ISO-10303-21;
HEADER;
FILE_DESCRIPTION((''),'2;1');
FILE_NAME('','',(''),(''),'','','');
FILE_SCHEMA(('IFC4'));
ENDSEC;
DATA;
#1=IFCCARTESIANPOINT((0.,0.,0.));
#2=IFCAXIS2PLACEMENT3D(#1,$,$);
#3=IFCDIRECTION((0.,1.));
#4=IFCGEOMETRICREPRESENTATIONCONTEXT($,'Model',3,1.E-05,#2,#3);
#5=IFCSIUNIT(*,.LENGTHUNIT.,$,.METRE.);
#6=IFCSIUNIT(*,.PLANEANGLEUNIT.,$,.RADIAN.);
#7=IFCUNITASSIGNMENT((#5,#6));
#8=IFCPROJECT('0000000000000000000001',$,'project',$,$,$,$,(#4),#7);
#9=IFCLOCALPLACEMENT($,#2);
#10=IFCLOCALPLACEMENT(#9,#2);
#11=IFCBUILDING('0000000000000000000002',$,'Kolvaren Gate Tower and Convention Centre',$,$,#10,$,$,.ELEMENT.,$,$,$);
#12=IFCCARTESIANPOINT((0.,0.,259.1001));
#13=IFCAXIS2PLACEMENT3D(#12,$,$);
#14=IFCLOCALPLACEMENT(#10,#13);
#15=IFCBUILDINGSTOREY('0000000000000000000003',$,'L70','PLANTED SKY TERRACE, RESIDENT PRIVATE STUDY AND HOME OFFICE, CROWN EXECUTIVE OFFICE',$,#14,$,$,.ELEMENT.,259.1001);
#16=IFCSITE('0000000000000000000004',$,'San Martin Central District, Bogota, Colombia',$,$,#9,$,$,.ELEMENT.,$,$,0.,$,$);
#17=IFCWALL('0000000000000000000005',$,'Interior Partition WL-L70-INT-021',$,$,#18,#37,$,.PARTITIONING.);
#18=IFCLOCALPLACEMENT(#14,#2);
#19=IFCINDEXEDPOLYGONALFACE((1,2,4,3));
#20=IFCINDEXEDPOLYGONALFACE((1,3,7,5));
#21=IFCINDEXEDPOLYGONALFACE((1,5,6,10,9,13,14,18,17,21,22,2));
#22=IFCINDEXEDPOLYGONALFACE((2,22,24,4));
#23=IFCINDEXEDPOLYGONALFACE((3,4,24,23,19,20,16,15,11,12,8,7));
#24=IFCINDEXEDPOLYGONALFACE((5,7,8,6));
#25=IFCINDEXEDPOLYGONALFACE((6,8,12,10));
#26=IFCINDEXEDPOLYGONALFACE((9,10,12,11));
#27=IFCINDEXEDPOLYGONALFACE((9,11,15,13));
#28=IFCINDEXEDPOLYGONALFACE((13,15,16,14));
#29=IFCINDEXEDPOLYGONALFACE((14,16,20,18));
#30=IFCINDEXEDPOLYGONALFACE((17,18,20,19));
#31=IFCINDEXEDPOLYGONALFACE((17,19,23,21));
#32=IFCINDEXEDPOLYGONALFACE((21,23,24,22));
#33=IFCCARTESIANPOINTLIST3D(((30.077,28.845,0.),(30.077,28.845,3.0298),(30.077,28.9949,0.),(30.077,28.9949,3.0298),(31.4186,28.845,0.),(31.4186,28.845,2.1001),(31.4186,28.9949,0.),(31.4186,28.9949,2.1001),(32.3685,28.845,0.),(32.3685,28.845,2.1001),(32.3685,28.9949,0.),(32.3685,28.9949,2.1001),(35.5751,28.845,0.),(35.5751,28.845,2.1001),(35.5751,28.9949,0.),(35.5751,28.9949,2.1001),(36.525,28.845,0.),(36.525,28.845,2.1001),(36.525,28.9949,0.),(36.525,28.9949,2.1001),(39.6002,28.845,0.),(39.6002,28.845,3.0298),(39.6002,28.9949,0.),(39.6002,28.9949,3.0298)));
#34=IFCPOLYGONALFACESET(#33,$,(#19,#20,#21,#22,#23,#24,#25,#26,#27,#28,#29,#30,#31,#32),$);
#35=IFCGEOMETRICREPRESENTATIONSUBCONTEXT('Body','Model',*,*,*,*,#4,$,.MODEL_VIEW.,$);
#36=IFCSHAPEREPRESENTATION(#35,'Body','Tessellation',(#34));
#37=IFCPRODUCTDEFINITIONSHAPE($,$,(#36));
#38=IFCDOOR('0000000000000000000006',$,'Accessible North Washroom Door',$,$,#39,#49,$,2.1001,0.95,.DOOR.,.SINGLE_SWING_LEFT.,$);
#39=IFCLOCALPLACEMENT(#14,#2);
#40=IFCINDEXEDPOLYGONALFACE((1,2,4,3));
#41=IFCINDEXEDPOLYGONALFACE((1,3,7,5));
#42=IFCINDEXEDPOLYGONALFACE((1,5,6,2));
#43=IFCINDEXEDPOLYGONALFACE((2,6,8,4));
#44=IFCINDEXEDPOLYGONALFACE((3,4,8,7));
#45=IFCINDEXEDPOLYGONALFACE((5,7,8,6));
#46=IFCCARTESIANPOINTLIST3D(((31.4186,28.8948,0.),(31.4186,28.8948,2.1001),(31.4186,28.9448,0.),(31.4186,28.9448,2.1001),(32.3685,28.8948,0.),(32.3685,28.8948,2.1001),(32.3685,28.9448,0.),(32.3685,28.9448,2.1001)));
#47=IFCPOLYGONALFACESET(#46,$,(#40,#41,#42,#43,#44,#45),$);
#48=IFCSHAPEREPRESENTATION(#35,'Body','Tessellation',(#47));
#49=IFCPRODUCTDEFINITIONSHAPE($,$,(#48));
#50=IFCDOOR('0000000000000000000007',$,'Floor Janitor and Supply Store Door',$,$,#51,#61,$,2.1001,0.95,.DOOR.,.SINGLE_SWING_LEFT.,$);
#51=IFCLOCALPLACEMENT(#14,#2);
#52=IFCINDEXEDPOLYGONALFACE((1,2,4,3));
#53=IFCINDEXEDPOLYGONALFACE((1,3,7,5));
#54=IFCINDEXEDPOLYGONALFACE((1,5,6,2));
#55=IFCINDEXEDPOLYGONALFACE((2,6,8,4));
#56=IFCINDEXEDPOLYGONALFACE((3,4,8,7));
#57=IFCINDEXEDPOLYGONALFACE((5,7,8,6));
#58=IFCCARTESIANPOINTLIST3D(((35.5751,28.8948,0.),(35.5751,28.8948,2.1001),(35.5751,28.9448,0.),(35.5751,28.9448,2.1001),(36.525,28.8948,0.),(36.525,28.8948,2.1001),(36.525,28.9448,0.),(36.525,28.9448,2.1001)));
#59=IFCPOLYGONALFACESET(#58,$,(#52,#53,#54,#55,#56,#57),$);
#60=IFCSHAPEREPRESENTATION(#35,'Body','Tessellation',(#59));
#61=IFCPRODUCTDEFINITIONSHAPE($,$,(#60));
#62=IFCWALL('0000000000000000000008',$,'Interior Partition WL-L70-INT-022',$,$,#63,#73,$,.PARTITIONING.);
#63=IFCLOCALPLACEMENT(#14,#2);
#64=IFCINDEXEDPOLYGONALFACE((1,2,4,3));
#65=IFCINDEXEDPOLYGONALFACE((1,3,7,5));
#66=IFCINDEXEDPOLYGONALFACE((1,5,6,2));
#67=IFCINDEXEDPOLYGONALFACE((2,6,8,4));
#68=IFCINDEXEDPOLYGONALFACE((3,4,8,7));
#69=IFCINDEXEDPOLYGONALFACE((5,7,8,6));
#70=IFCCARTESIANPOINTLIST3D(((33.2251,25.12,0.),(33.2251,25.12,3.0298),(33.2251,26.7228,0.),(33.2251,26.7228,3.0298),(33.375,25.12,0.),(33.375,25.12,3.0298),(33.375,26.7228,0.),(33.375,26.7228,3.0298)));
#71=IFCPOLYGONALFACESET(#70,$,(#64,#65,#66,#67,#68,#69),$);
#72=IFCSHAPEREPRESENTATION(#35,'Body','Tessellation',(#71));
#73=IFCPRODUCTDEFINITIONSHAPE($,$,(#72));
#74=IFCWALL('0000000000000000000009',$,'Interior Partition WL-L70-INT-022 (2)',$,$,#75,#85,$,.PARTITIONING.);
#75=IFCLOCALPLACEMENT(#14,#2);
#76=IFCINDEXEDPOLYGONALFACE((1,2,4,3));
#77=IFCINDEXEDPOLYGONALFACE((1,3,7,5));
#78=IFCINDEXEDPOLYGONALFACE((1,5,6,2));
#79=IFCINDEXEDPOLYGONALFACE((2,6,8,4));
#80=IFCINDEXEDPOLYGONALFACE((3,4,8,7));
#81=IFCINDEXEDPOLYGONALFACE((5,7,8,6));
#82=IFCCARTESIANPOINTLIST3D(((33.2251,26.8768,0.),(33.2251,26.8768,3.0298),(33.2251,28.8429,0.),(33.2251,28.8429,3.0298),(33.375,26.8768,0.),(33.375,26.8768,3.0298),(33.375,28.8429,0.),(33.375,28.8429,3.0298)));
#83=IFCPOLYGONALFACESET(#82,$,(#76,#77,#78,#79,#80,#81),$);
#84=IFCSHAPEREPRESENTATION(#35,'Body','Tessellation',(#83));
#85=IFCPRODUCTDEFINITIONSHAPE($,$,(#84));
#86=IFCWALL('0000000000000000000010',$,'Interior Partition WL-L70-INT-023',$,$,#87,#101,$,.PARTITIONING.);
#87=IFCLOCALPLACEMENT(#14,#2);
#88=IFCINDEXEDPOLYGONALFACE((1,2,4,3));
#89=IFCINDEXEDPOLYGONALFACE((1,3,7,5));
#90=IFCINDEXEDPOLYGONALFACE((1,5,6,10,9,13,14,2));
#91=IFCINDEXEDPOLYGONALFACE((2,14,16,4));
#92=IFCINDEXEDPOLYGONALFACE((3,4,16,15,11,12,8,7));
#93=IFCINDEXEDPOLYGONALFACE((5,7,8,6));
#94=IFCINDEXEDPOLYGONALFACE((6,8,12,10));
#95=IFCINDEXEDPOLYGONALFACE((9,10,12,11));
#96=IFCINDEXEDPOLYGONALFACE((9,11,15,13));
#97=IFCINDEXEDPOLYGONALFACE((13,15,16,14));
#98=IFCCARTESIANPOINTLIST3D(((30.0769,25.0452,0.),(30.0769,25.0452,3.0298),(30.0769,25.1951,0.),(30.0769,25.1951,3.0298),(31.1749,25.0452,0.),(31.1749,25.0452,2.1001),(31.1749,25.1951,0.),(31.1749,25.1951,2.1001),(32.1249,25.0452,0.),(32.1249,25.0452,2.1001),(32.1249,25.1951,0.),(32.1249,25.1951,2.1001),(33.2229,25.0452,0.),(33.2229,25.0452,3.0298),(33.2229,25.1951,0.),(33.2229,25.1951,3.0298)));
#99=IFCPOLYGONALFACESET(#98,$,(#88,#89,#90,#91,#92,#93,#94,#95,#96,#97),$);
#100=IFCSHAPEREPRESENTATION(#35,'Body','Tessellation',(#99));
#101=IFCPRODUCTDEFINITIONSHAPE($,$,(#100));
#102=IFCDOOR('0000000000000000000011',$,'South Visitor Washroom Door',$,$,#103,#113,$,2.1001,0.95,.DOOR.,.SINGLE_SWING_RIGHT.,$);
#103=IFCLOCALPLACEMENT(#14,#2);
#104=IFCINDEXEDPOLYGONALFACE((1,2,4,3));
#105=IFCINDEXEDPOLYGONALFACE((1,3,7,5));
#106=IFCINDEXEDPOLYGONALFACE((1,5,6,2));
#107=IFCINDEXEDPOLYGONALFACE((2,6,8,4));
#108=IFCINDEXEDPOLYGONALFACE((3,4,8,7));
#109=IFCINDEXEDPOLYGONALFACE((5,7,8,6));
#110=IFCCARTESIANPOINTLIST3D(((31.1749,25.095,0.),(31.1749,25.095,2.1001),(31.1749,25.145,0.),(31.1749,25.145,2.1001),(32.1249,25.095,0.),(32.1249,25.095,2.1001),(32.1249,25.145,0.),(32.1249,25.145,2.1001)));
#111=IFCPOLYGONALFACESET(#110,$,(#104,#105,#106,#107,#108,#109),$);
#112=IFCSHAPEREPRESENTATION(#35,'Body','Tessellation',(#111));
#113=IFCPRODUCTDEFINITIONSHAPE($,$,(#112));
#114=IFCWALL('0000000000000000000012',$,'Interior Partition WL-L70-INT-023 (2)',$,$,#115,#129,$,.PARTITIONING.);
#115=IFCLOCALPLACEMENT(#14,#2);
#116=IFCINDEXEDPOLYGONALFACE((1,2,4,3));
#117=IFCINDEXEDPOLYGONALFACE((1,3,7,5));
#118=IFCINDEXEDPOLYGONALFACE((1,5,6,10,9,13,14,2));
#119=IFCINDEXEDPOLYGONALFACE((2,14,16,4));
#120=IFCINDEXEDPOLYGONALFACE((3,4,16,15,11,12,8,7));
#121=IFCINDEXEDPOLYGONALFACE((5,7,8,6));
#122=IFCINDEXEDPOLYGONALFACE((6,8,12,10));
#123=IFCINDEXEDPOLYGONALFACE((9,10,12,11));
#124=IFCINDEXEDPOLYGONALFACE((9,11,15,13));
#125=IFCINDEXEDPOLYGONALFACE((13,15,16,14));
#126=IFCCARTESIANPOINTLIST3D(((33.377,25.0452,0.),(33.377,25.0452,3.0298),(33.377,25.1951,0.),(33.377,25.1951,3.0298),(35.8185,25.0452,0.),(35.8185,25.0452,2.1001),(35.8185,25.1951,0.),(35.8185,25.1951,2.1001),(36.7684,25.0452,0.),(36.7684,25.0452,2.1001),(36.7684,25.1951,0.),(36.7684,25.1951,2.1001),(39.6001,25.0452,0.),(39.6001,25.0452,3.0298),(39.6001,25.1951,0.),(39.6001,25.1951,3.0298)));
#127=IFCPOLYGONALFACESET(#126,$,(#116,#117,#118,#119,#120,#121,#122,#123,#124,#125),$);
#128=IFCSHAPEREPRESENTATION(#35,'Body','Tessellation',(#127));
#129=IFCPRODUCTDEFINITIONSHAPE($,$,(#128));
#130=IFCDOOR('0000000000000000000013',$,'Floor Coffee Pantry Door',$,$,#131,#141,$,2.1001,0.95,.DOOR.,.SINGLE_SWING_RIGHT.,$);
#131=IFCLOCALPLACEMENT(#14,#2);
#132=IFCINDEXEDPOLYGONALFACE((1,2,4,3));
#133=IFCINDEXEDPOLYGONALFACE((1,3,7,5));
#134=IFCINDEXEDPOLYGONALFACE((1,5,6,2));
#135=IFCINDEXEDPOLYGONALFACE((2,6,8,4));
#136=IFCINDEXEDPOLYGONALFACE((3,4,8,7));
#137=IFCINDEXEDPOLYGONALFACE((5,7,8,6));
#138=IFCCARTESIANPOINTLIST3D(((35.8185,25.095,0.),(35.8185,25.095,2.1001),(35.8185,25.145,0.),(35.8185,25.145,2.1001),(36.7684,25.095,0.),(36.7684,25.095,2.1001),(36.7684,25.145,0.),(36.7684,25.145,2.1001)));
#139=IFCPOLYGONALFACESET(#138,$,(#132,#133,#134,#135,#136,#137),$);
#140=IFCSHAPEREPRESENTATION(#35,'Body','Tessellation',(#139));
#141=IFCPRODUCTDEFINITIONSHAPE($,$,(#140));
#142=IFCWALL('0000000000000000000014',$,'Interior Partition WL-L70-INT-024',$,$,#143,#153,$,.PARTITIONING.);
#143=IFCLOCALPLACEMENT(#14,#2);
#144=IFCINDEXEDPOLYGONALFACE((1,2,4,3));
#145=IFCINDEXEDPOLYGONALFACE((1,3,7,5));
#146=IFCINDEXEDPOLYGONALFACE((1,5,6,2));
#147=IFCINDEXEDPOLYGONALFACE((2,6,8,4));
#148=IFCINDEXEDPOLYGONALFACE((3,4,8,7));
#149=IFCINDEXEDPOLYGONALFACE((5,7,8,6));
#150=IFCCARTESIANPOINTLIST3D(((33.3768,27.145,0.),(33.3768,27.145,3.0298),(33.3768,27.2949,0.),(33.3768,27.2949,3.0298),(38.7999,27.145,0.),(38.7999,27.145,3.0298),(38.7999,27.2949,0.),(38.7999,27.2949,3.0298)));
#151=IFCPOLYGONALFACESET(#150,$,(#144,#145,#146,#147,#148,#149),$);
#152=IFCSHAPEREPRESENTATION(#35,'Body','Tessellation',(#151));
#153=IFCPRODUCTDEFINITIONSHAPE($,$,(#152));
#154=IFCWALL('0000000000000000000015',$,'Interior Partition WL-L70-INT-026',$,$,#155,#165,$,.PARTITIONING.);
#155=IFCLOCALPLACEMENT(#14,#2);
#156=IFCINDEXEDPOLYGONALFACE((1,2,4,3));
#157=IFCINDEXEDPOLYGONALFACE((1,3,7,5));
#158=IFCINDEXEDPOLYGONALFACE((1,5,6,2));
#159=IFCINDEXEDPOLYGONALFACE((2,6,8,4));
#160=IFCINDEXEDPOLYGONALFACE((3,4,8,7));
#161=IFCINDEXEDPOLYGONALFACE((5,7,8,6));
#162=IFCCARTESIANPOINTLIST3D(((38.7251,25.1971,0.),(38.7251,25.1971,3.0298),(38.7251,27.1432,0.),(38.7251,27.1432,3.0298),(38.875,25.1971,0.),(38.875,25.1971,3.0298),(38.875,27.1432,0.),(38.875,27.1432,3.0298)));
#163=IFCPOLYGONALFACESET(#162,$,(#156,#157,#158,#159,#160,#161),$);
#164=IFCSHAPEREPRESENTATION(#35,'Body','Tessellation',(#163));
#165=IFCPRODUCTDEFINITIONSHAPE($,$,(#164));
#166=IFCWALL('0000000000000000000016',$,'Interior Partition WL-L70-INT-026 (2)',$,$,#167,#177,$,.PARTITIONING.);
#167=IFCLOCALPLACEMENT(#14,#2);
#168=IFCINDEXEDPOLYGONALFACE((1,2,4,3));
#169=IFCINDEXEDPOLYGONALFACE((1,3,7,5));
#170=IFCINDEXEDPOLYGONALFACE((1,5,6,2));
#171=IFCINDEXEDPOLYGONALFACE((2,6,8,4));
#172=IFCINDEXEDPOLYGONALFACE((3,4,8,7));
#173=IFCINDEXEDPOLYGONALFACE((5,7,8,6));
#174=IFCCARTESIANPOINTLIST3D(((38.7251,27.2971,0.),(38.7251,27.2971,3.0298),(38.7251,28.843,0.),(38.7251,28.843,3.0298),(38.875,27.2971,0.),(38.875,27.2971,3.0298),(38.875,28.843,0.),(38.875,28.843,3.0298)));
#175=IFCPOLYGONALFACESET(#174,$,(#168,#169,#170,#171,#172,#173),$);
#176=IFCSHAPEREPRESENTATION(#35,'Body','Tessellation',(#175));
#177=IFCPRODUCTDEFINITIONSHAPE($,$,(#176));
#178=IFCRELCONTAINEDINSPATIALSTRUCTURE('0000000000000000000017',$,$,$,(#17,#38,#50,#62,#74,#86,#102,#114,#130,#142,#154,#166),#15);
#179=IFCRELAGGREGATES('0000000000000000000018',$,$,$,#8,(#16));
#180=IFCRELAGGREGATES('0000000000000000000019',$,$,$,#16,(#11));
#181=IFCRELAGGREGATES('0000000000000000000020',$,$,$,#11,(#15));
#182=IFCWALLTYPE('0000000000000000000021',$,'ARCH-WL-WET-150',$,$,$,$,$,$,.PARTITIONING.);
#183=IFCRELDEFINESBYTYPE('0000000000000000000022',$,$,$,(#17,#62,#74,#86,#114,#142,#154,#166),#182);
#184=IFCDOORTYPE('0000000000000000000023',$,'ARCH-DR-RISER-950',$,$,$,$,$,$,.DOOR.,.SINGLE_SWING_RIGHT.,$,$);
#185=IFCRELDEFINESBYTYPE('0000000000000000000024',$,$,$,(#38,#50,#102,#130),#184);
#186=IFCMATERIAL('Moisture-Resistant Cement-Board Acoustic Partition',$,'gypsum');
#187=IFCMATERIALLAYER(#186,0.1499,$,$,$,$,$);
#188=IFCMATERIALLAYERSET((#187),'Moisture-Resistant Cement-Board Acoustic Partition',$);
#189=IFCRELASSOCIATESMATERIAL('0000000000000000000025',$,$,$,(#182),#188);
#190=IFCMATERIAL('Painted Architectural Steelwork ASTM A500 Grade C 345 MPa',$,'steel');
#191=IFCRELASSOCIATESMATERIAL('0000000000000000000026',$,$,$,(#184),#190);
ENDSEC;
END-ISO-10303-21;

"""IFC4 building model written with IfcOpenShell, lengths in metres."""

from ifc_helpers import new_model, si_unit, direction, frame, frame_2d, origin, place, context, subcontext, project, spatial, rectangle, extrude, material, layer, layer_set, type_object, element, fill, save


model = new_model("IFC4")

# Units and contexts
model_context = context("Model", 3, precision=1e-05, world=origin(), true_north=direction((0.0, 1.0)))
body_context = subcontext(model_context, "Body", "Model", "MODEL_VIEW")
ifc_project = project(units=[si_unit("LENGTHUNIT", "METRE"), si_unit("PLANEANGLEUNIT", "RADIAN")], contexts=[model_context])

# Site, building, storey
site_placement = place(None, origin())
site = spatial("IfcSite", under=ifc_project, at=site_placement, Name="San Martin Central District, Bogota, Colombia", CompositionType="ELEMENT", RefElevation=0.0)
building_placement = place(site_placement, origin())
building = spatial("IfcBuilding", under=site, at=building_placement, Name="Kolvaren Gate Tower and Convention Centre", CompositionType="ELEMENT")
storey_placement = place(building_placement, frame((0.0, 0.0, 259.1001)))
storey = spatial("IfcBuildingStorey", under=building, at=storey_placement, Name="L70", Description="PLANTED SKY TERRACE, RESIDENT PRIVATE STUDY AND HOME OFFICE, CROWN EXECUTIVE OFFICE", CompositionType="ELEMENT", Elevation=259.1001)

# Shared definitions
ifc_material_1 = material(Name="Moisture-Resistant Cement-Board Acoustic Partition", Category="gypsum")
ifc_layer_1 = layer(ifc_material_1, 0.1499)
ifc_layer_set_1 = layer_set([ifc_layer_1], Name="Moisture-Resistant Cement-Board Acoustic Partition")
wall_type_1 = type_object("IfcWallType", Name="ARCH-WL-WET-150", PredefinedType="PARTITIONING", material=ifc_layer_set_1)
ifc_material_2 = material(Name="Painted Architectural Steelwork ASTM A500 Grade C 345 MPa", Category="steel")
door_type = type_object("IfcDoorType", Name="ARCH-DR-RISER-950", OperationType="SINGLE_SWING_RIGHT", PredefinedType="DOOR", material=ifc_material_2)

# Wall, openings, doors
wall_1_placement = place(storey_placement, frame((30.0769, 28.9199, 0.0), z_axis=(0.0, 0.0, 1.0), x_axis=(1.0, 0.0, 0.0)))
wall_1 = element("IfcWall", 1, at=wall_1_placement, inside=storey, type_object=wall_type_1, Name="Interior Partition WL-L70-INT-021", PredefinedType="PARTITIONING", context=body_context, shape_type="SweptSolid", body=[
    extrude(rectangle(XDim=9.5232, YDim=0.1499, at=frame_2d((4.7617, 0.0))), origin(), (0.0, 0.0, 1.0), 3.0298),
])
opening_1_placement = place(wall_1_placement, frame((1.3416, 0.0, 0.0)))
opening_1 = element("IfcOpeningElement", 2, at=opening_1_placement, cuts=wall_1, PredefinedType="OPENING", context=body_context, shape_type="SweptSolid", body=[
    extrude(rectangle(XDim=0.95, YDim=2.1001, at=frame_2d((0.4751, 1.05))), frame((0.0, 0.085, 0.0), z_axis=(0.0, -1.0, 0.0), x_axis=(1.0, 0.0, 0.0)), (0.0, 0.0, 1.0), 0.1699),
])
opening_2_placement = place(wall_1_placement, frame((5.498, 0.0, 0.0)))
opening_2 = element("IfcOpeningElement", 3, at=opening_2_placement, cuts=wall_1, PredefinedType="OPENING", context=body_context, shape_type="SweptSolid", body=[
    extrude(rectangle(XDim=0.95, YDim=2.1001, at=frame_2d((0.4751, 1.05))), frame((0.0, 0.085, 0.0), z_axis=(0.0, -1.0, 0.0), x_axis=(1.0, 0.0, 0.0)), (0.0, 0.0, 1.0), 0.1699),
])
door_1_placement = place(opening_1_placement, origin())
door_1 = element("IfcDoor", 4, at=door_1_placement, inside=storey, type_object=door_type, Name="Accessible North Washroom Door", OperationType="SINGLE_SWING_LEFT", OverallHeight=2.1001, OverallWidth=0.95, PredefinedType="DOOR", context=body_context, shape_type="SweptSolid", body=[
    extrude(rectangle(XDim=0.95, YDim=2.1001, at=frame_2d((0.4751, 1.05))), frame((0.0, 0.0249, 0.0), z_axis=(0.0, -1.0, 0.0), x_axis=(1.0, 0.0, 0.0)), (0.0, 0.0, 1.0), 0.05),
])
fill(opening_1, door_1)
door_2_placement = place(opening_2_placement, origin())
door_2 = element("IfcDoor", 5, at=door_2_placement, inside=storey, type_object=door_type, Name="Floor Janitor and Supply Store Door", OperationType="SINGLE_SWING_LEFT", OverallHeight=2.1001, OverallWidth=0.95, PredefinedType="DOOR", context=body_context, shape_type="SweptSolid", body=[
    extrude(rectangle(XDim=0.95, YDim=2.1001, at=frame_2d((0.4751, 1.05))), frame((0.0, 0.0249, 0.0), z_axis=(0.0, -1.0, 0.0), x_axis=(1.0, 0.0, 0.0)), (0.0, 0.0, 1.0), 0.05),
])
fill(opening_2, door_2)

# Walls
wall_2_placement = place(storey_placement, frame((33.3, 25.1201, 0.0), z_axis=(0.0, 0.0, 1.0), x_axis=(0.0, 1.0, 0.0)))
element("IfcWall", 6, at=wall_2_placement, inside=storey, type_object=wall_type_1, Name="Interior Partition WL-L70-INT-022", PredefinedType="PARTITIONING", context=body_context, shape_type="SweptSolid", body=[
    extrude(rectangle(XDim=1.6028, YDim=0.1499, at=frame_2d((0.8013, 0.0))), origin(), (0.0, 0.0, 1.0), 3.0298),
])
wall_3_placement = place(storey_placement, frame((33.3, 26.877, 0.0), z_axis=(0.0, 0.0, 1.0), x_axis=(0.0, 1.0, 0.0)))
element("IfcWall", 7, at=wall_3_placement, inside=storey, type_object=wall_type_1, Name="Interior Partition WL-L70-INT-022 (2)", PredefinedType="PARTITIONING", context=body_context, shape_type="SweptSolid", body=[
    extrude(rectangle(XDim=1.9661, YDim=0.1499, at=frame_2d((0.9829, 0.0))), origin(), (0.0, 0.0, 1.0), 3.0298),
])

# Walls, openings, doors
wall_4_placement = place(storey_placement, frame((30.0769, 25.1201, 0.0), z_axis=(0.0, 0.0, 1.0), x_axis=(1.0, 0.0, 0.0)))
wall_4 = element("IfcWall", 8, at=wall_4_placement, inside=storey, type_object=wall_type_1, Name="Interior Partition WL-L70-INT-023", PredefinedType="PARTITIONING", context=body_context, shape_type="SweptSolid", body=[
    extrude(rectangle(XDim=3.146, YDim=0.1499, at=frame_2d((1.573, 0.0))), origin(), (0.0, 0.0, 1.0), 3.0298),
])
opening_3_placement = place(wall_4_placement, frame((1.0979, 0.0, 0.0)))
opening_3 = element("IfcOpeningElement", 9, at=opening_3_placement, cuts=wall_4, PredefinedType="OPENING", context=body_context, shape_type="SweptSolid", body=[
    extrude(rectangle(XDim=0.95, YDim=2.1001, at=frame_2d((0.4751, 1.05))), frame((0.0, 0.085, 0.0), z_axis=(0.0, -1.0, 0.0), x_axis=(1.0, 0.0, 0.0)), (0.0, 0.0, 1.0), 0.1699),
])
door_3_placement = place(opening_3_placement, origin())
door_3 = element("IfcDoor", 10, at=door_3_placement, inside=storey, type_object=door_type, Name="South Visitor Washroom Door", OperationType="SINGLE_SWING_RIGHT", OverallHeight=2.1001, OverallWidth=0.95, PredefinedType="DOOR", context=body_context, shape_type="SweptSolid", body=[
    extrude(rectangle(XDim=0.95, YDim=2.1001, at=frame_2d((0.4751, 1.05))), frame((0.0, 0.0249, 0.0), z_axis=(0.0, -1.0, 0.0), x_axis=(1.0, 0.0, 0.0)), (0.0, 0.0, 1.0), 0.05),
])
fill(opening_3, door_3)
wall_5_placement = place(storey_placement, frame((33.377, 25.1201, 0.0), z_axis=(0.0, 0.0, 1.0), x_axis=(1.0, 0.0, 0.0)))
wall_5 = element("IfcWall", 11, at=wall_5_placement, inside=storey, type_object=wall_type_1, Name="Interior Partition WL-L70-INT-023 (2)", PredefinedType="PARTITIONING", context=body_context, shape_type="SweptSolid", body=[
    extrude(rectangle(XDim=6.2231, YDim=0.1499, at=frame_2d((3.1116, 0.0))), origin(), (0.0, 0.0, 1.0), 3.0298),
])
opening_4_placement = place(wall_5_placement, frame((2.4414, 0.0, 0.0)))
opening_4 = element("IfcOpeningElement", 12, at=opening_4_placement, cuts=wall_5, PredefinedType="OPENING", context=body_context, shape_type="SweptSolid", body=[
    extrude(rectangle(XDim=0.95, YDim=2.1001, at=frame_2d((0.4751, 1.05))), frame((0.0, 0.085, 0.0), z_axis=(0.0, -1.0, 0.0), x_axis=(1.0, 0.0, 0.0)), (0.0, 0.0, 1.0), 0.1699),
])
door_4_placement = place(opening_4_placement, origin())
door_4 = element("IfcDoor", 13, at=door_4_placement, inside=storey, type_object=door_type, Name="Floor Coffee Pantry Door", OperationType="SINGLE_SWING_RIGHT", OverallHeight=2.1001, OverallWidth=0.95, PredefinedType="DOOR", context=body_context, shape_type="SweptSolid", body=[
    extrude(rectangle(XDim=0.95, YDim=2.1001, at=frame_2d((0.4751, 1.05))), frame((0.0, 0.0249, 0.0), z_axis=(0.0, -1.0, 0.0), x_axis=(1.0, 0.0, 0.0)), (0.0, 0.0, 1.0), 0.05),
])
fill(opening_4, door_4)

# Walls
wall_6_placement = place(storey_placement, frame((33.377, 27.22, 0.0), z_axis=(0.0, 0.0, 1.0), x_axis=(1.0, 0.0, 0.0)))
element("IfcWall", 14, at=wall_6_placement, inside=storey, type_object=wall_type_1, Name="Interior Partition WL-L70-INT-024", PredefinedType="PARTITIONING", context=body_context, shape_type="SweptSolid", body=[
    extrude(rectangle(XDim=5.4231, YDim=0.1499, at=frame_2d((2.7114, 0.0))), origin(), (0.0, 0.0, 1.0), 3.0298),
])
wall_7_placement = place(storey_placement, frame((38.8, 25.197, 0.0), z_axis=(0.0, 0.0, 1.0), x_axis=(0.0, 1.0, 0.0)))
element("IfcWall", 15, at=wall_7_placement, inside=storey, type_object=wall_type_1, Name="Interior Partition WL-L70-INT-026", PredefinedType="PARTITIONING", context=body_context, shape_type="SweptSolid", body=[
    extrude(rectangle(XDim=1.946, YDim=0.1499, at=frame_2d((0.9731, 0.0))), origin(), (0.0, 0.0, 1.0), 3.0298),
])
wall_8_placement = place(storey_placement, frame((38.8, 27.2971, 0.0), z_axis=(0.0, 0.0, 1.0), x_axis=(0.0, 1.0, 0.0)))
element("IfcWall", 16, at=wall_8_placement, inside=storey, type_object=wall_type_1, Name="Interior Partition WL-L70-INT-026 (2)", PredefinedType="PARTITIONING", context=body_context, shape_type="SweptSolid", body=[
    extrude(rectangle(XDim=1.5459, YDim=0.1499, at=frame_2d((0.7729, 0.0))), origin(), (0.0, 0.0, 1.0), 3.0298),
])

save(model, "model.ifc")
